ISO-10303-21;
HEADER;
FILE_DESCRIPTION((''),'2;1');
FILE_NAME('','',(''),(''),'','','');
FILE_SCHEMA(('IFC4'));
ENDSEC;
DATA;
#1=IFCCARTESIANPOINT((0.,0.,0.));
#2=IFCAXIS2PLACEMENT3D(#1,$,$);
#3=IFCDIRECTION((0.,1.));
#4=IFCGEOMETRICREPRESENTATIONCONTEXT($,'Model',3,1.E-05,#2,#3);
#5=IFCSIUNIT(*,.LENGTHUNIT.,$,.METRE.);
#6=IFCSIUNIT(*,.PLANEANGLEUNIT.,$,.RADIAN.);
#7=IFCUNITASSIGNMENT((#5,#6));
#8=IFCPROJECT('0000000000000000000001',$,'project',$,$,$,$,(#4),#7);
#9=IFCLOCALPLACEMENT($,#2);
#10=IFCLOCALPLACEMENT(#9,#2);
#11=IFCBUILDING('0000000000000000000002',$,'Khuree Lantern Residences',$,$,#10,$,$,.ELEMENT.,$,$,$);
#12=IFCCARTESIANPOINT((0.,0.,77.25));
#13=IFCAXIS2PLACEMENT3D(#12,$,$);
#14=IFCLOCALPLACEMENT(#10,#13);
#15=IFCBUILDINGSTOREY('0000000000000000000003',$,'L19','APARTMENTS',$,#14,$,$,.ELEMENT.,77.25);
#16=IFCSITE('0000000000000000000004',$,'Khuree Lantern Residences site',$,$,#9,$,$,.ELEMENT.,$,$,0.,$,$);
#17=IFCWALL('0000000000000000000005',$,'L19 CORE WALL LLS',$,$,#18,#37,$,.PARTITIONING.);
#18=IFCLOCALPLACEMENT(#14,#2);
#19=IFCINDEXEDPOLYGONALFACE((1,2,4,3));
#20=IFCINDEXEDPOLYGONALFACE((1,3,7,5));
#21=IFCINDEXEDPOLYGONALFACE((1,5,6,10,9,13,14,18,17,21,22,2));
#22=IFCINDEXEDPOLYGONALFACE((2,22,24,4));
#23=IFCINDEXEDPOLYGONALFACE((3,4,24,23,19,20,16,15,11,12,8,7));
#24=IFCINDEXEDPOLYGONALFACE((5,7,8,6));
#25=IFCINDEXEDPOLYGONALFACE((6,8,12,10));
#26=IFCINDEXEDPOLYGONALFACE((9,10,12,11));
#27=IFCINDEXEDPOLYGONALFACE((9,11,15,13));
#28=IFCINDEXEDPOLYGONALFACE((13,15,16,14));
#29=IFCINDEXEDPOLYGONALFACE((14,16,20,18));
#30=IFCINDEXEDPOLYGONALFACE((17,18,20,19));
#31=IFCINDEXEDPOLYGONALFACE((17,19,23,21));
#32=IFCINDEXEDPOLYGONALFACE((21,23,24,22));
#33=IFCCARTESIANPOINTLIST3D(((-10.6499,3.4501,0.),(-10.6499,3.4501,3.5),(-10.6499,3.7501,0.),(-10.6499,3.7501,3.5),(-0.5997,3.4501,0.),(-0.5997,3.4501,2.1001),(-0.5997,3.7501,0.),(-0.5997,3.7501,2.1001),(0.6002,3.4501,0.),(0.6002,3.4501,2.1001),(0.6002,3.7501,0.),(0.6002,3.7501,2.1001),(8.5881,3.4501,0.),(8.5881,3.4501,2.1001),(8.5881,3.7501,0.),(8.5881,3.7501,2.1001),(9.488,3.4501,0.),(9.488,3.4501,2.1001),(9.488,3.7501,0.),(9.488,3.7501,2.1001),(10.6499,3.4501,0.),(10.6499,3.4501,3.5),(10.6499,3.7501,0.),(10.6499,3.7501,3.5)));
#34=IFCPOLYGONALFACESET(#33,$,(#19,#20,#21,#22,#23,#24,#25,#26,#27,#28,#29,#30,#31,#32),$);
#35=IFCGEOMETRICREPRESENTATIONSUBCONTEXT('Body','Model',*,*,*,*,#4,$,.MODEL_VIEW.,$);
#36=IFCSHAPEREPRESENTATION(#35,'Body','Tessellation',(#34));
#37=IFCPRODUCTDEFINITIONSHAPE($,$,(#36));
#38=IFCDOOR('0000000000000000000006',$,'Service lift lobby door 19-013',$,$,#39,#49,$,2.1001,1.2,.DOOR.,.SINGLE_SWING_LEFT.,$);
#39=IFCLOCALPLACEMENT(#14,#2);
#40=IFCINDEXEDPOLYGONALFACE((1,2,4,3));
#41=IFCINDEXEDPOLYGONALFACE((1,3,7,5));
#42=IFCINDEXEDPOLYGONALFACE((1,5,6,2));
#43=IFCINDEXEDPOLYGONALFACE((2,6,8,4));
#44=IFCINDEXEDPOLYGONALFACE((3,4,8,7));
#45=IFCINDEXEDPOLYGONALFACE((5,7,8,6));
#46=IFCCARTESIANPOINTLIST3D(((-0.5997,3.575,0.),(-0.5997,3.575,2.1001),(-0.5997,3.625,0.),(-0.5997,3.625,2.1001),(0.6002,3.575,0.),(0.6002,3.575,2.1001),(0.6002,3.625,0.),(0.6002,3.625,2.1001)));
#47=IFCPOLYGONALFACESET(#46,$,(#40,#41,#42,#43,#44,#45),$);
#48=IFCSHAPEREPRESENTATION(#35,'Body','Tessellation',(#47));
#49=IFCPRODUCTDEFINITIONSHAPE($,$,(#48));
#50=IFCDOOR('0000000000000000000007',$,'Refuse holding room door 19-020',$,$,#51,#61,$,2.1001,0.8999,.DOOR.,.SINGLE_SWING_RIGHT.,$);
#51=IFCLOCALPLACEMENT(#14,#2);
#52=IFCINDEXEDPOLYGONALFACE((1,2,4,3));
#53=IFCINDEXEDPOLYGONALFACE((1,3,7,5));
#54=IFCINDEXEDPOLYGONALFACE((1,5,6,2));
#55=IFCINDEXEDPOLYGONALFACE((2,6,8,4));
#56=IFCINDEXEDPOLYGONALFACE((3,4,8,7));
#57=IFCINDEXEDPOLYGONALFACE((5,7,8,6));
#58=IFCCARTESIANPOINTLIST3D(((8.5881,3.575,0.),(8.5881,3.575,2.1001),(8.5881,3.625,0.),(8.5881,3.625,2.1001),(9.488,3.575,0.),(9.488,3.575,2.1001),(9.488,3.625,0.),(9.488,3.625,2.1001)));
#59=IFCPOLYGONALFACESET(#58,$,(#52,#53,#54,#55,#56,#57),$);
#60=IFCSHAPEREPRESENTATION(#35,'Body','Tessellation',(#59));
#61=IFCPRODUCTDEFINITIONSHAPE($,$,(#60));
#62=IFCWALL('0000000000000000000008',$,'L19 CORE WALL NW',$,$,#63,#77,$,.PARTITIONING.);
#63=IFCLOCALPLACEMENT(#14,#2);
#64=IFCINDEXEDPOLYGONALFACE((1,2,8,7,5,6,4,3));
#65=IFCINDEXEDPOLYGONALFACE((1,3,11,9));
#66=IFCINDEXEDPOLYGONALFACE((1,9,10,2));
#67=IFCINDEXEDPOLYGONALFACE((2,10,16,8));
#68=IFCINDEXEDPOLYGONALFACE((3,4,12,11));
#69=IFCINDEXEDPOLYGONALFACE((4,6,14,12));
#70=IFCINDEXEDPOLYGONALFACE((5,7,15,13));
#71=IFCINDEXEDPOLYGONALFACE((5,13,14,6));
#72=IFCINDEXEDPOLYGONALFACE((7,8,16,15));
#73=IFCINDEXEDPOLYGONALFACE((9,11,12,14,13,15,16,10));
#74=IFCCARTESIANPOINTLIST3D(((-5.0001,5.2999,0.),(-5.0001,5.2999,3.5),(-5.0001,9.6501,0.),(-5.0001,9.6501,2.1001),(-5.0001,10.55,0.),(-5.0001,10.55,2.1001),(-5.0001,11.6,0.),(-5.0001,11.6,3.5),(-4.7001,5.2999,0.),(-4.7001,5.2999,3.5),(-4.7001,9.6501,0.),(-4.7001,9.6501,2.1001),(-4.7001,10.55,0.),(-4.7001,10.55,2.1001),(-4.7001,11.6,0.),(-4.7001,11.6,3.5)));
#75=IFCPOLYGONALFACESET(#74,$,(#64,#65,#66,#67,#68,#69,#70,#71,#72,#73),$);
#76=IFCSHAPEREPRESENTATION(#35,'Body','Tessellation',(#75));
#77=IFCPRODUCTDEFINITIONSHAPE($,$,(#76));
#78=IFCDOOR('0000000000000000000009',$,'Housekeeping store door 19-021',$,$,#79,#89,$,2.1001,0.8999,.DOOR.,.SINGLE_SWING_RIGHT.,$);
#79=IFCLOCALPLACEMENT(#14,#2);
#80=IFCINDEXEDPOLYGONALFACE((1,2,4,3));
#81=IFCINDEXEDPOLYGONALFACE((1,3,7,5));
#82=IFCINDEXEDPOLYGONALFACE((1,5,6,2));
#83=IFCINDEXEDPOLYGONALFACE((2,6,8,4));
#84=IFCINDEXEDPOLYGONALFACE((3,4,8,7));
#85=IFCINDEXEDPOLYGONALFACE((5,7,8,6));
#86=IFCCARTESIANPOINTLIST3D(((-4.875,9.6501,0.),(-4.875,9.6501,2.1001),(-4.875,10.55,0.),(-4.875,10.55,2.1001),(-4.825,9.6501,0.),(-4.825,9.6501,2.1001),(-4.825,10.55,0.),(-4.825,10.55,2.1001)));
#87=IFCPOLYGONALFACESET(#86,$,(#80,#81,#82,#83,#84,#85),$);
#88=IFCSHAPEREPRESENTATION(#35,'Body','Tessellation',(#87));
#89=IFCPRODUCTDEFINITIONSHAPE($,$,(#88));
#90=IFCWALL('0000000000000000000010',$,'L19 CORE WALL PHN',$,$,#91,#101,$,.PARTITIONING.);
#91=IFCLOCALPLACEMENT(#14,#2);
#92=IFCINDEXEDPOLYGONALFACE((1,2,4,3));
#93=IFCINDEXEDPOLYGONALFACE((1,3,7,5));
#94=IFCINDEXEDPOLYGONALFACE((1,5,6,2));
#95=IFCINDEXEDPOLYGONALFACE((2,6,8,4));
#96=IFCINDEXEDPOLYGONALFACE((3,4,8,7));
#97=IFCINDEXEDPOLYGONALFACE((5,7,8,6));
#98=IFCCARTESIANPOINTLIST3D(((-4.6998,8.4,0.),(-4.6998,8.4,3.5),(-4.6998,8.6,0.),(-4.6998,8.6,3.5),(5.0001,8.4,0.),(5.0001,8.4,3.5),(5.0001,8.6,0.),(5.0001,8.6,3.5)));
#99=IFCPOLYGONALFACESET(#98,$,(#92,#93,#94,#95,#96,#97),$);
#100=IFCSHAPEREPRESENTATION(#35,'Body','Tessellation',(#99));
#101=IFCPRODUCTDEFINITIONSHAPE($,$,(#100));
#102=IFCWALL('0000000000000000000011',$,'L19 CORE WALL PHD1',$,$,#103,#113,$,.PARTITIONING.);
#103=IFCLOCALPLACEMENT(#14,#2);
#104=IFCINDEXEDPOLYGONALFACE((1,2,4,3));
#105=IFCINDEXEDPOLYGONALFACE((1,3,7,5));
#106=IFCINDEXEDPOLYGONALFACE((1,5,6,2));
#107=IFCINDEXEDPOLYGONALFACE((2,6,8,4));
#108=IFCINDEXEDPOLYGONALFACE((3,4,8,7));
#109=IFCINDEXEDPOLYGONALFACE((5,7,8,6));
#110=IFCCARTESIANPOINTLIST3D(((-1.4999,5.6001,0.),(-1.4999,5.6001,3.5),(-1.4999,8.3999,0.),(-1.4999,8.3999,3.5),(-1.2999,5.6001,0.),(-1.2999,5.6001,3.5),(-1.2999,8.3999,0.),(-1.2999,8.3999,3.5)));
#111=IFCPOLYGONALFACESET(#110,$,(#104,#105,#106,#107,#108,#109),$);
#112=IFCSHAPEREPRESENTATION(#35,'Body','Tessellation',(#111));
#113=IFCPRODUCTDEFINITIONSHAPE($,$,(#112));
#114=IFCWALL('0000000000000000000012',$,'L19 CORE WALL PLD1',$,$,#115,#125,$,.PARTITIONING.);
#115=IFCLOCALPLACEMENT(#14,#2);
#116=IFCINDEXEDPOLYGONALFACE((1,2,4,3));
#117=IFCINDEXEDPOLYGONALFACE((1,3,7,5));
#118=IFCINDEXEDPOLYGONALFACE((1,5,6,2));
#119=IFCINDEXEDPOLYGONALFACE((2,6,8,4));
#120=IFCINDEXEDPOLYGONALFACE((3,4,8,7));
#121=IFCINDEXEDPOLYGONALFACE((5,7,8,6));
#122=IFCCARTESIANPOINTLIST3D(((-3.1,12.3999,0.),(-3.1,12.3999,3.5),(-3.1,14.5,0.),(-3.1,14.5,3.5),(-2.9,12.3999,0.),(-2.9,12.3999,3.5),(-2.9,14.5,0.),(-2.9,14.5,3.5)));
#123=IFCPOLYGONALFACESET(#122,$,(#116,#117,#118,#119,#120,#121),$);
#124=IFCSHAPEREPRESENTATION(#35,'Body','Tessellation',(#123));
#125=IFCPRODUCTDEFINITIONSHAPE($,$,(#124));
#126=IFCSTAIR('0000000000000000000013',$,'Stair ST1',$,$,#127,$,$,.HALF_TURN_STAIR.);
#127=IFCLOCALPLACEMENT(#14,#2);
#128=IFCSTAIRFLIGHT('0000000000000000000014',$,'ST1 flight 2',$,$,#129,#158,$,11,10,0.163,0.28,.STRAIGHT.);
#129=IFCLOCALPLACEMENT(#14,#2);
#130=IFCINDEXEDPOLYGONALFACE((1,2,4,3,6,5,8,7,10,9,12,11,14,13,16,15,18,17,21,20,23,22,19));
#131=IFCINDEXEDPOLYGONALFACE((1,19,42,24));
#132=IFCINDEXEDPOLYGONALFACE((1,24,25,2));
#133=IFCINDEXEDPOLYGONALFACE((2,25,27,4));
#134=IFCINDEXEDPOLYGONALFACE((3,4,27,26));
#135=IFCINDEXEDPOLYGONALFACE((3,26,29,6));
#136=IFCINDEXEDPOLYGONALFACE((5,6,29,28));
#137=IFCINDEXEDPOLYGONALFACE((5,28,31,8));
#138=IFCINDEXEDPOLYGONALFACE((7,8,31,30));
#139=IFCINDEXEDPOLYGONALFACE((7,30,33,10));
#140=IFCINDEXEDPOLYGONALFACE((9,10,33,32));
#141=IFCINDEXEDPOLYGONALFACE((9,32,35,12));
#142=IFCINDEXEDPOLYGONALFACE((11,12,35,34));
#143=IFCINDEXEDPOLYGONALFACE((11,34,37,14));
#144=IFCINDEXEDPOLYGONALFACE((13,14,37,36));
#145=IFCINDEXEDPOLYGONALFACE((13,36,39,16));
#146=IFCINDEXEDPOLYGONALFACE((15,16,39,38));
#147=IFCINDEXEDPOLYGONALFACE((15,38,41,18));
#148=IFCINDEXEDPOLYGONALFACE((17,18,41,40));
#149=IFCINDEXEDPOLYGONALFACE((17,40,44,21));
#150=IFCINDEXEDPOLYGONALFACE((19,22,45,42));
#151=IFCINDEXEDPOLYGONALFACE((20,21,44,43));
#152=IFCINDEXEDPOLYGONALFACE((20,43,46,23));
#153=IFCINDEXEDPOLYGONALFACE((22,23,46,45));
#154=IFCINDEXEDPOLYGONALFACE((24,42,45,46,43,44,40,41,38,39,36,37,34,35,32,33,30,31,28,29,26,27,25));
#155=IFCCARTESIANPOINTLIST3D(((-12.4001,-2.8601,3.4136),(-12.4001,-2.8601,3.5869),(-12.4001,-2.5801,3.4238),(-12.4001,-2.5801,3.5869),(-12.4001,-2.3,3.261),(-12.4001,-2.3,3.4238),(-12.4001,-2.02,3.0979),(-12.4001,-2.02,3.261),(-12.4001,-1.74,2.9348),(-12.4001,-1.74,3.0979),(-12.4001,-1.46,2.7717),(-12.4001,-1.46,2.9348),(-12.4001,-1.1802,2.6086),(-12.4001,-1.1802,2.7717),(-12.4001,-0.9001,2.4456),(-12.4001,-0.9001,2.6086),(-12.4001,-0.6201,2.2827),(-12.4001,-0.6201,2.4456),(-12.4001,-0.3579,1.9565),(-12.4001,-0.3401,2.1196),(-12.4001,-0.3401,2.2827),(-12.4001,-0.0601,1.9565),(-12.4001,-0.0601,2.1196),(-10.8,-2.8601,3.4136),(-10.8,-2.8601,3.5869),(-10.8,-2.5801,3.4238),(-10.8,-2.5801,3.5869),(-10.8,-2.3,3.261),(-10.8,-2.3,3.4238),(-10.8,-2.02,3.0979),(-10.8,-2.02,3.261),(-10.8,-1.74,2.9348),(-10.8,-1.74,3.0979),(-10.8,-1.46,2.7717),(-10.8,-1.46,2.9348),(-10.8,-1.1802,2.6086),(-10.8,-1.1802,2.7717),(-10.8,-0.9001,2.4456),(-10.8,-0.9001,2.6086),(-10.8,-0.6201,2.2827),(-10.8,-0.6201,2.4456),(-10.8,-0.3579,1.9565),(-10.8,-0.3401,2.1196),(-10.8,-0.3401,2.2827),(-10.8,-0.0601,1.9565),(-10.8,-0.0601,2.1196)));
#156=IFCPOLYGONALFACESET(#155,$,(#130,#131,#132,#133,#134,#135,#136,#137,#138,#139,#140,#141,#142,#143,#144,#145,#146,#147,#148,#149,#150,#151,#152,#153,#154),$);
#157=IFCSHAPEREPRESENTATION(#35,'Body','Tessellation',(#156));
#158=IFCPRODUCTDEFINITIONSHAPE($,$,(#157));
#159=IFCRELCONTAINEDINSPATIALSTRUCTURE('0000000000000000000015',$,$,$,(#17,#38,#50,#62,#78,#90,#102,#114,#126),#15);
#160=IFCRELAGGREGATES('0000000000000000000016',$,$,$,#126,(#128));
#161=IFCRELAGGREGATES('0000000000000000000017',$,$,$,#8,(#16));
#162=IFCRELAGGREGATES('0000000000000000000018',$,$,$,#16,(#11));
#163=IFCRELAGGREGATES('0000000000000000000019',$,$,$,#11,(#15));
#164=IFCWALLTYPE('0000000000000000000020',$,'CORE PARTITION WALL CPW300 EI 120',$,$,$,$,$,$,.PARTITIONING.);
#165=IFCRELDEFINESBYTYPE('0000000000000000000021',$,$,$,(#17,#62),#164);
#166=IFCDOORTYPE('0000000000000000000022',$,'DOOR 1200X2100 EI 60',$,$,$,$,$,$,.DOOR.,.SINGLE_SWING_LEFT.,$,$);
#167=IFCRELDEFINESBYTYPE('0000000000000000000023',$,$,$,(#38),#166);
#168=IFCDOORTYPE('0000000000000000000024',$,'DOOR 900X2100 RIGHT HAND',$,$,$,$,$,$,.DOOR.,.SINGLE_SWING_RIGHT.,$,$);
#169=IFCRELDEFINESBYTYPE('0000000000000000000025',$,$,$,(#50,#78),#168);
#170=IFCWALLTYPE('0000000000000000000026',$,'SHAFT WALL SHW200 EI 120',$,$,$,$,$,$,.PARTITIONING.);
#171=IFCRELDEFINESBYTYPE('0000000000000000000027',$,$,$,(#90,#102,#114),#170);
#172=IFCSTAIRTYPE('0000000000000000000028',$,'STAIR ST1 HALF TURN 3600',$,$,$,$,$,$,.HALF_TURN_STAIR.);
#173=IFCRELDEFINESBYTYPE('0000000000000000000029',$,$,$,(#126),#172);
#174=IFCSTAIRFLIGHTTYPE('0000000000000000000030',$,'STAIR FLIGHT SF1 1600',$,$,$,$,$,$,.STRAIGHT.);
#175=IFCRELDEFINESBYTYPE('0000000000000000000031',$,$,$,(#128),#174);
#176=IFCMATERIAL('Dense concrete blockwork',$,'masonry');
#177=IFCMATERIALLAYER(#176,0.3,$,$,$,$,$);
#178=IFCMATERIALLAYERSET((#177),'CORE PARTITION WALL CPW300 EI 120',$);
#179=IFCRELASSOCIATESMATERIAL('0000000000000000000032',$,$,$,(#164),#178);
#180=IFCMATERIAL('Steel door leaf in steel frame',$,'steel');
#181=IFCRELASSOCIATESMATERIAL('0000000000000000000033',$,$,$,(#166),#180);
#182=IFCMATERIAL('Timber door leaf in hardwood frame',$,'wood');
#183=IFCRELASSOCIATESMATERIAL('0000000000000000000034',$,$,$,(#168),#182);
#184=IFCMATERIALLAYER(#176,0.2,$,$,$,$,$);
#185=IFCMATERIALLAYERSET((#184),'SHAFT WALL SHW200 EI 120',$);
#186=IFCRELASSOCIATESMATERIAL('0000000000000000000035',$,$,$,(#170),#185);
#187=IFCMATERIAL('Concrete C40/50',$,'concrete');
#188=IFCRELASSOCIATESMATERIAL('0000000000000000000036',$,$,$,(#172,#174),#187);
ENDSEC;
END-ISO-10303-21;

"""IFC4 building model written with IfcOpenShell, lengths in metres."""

from ifc_helpers import new_model, si_unit, direction, frame, frame_2d, origin, place, context, subcontext, project, spatial, polyline, rectangle, outline, extrude, material, layer, layer_set, type_object, element, fill, aggregate, save


model = new_model("IFC4")

# Units and contexts
model_context = context("Model", 3, precision=1e-05, world=origin(), true_north=direction((0.0, 1.0)))
body_context = subcontext(model_context, "Body", "Model", "MODEL_VIEW")
ifc_project = project(units=[si_unit("LENGTHUNIT", "METRE"), si_unit("PLANEANGLEUNIT", "RADIAN")], contexts=[model_context])

# Site, building, storey
site_placement = place(None, origin())
site = spatial("IfcSite", under=ifc_project, at=site_placement, Name="Khuree Lantern Residences site", CompositionType="ELEMENT", RefElevation=0.0)
building_placement = place(site_placement, origin())
building = spatial("IfcBuilding", under=site, at=building_placement, Name="Khuree Lantern Residences", CompositionType="ELEMENT")
storey_placement = place(building_placement, frame((0.0, 0.0, 77.25)))
storey = spatial("IfcBuildingStorey", under=building, at=storey_placement, Name="L19", Description="APARTMENTS", CompositionType="ELEMENT", Elevation=77.25)

# Shared definitions
ifc_material_1 = material(Name="Dense concrete blockwork", Category="masonry")
ifc_layer_1 = layer(ifc_material_1, 0.3)
ifc_layer_set_1 = layer_set([ifc_layer_1], Name="CORE PARTITION WALL CPW300 EI 120")
wall_type_1 = type_object("IfcWallType", Name="CORE PARTITION WALL CPW300 EI 120", PredefinedType="PARTITIONING", material=ifc_layer_set_1)

# Wall, openings, doors
wall_1_placement = place(storey_placement, frame((-10.6499, 3.6001, 0.0), z_axis=(0.0, 0.0, 1.0), x_axis=(1.0, 0.0, 0.0)))
wall_1 = element("IfcWall", 1, at=wall_1_placement, inside=storey, type_object=wall_type_1, Name="L19 CORE WALL LLS", PredefinedType="PARTITIONING", context=body_context, shape_type="SweptSolid", body=[
    extrude(rectangle(XDim=21.2998, YDim=0.3, at=frame_2d((10.6499, 0.0))), origin(), (0.0, 0.0, 1.0), 3.5),
])
opening_1_placement = place(wall_1_placement, frame((10.05, 0.0, 0.0)))
opening_1 = element("IfcOpeningElement", 2, at=opening_1_placement, cuts=wall_1, PredefinedType="OPENING", context=body_context, shape_type="SweptSolid", body=[
    extrude(rectangle(XDim=1.2, YDim=2.1001, at=frame_2d((0.6001, 1.05))), frame((0.0, 0.1602, 0.0), z_axis=(0.0, -1.0, 0.0), x_axis=(1.0, 0.0, 0.0)), (0.0, 0.0, 1.0), 0.3201),
])
opening_2_placement = place(wall_1_placement, frame((19.238, 0.0, 0.0)))
opening_2 = element("IfcOpeningElement", 3, at=opening_2_placement, cuts=wall_1, PredefinedType="OPENING", context=body_context, shape_type="SweptSolid", body=[
    extrude(rectangle(XDim=0.8999, YDim=2.1001, at=frame_2d((0.45, 1.05))), frame((0.0, 0.1602, 0.0), z_axis=(0.0, -1.0, 0.0), x_axis=(1.0, 0.0, 0.0)), (0.0, 0.0, 1.0), 0.3201),
])
ifc_material_2 = material(Name="Steel door leaf in steel frame", Category="steel")
door_type_1 = type_object("IfcDoorType", Name="DOOR 1200X2100 EI 60", OperationType="SINGLE_SWING_LEFT", PredefinedType="DOOR", material=ifc_material_2)
door_1_placement = place(opening_1_placement, origin())
door_1 = element("IfcDoor", 4, at=door_1_placement, inside=storey, type_object=door_type_1, Name="Service lift lobby door 19-013", OperationType="SINGLE_SWING_LEFT", OverallHeight=2.1001, OverallWidth=1.2, PredefinedType="DOOR", context=body_context, shape_type="SweptSolid", body=[
    extrude(rectangle(XDim=1.2, YDim=2.1001, at=frame_2d((0.6001, 1.05))), frame((0.0, 0.0249, 0.0), z_axis=(0.0, -1.0, 0.0), x_axis=(1.0, 0.0, 0.0)), (0.0, 0.0, 1.0), 0.05),
])
fill(opening_1, door_1)
ifc_material_3 = material(Name="Timber door leaf in hardwood frame", Category="wood")
door_type_2 = type_object("IfcDoorType", Name="DOOR 900X2100 RIGHT HAND", OperationType="SINGLE_SWING_RIGHT", PredefinedType="DOOR", material=ifc_material_3)
door_2_placement = place(opening_2_placement, origin())
door_2 = element("IfcDoor", 5, at=door_2_placement, inside=storey, type_object=door_type_2, Name="Refuse holding room door 19-020", OperationType="SINGLE_SWING_RIGHT", OverallHeight=2.1001, OverallWidth=0.8999, PredefinedType="DOOR", context=body_context, shape_type="SweptSolid", body=[
    extrude(rectangle(XDim=0.8999, YDim=2.1001, at=frame_2d((0.45, 1.05))), frame((0.0, 0.0249, 0.0), z_axis=(0.0, -1.0, 0.0), x_axis=(1.0, 0.0, 0.0)), (0.0, 0.0, 1.0), 0.05),
])
fill(opening_2, door_2)

# Wall, opening, door
wall_2_placement = place(storey_placement, frame((-4.8501, 5.3, 0.0), z_axis=(0.0, 0.0, 1.0), x_axis=(0.0, 1.0, 0.0)))
wall_2 = element("IfcWall", 6, at=wall_2_placement, inside=storey, type_object=wall_type_1, Name="L19 CORE WALL NW", PredefinedType="PARTITIONING", context=body_context, shape_type="SweptSolid", body=[
    extrude(rectangle(XDim=6.3, YDim=0.3, at=frame_2d((3.1499, 0.0))), origin(), (0.0, 0.0, 1.0), 3.5),
])
opening_3_placement = place(wall_2_placement, frame((4.3501, 0.0, 0.0)))
opening_3 = element("IfcOpeningElement", 7, at=opening_3_placement, cuts=wall_2, PredefinedType="OPENING", context=body_context, shape_type="SweptSolid", body=[
    extrude(rectangle(XDim=0.8999, YDim=2.1001, at=frame_2d((0.45, 1.05))), frame((0.0, 0.1602, 0.0), z_axis=(0.0, -1.0, 0.0), x_axis=(1.0, 0.0, 0.0)), (0.0, 0.0, 1.0), 0.3201),
])
door_3_placement = place(opening_3_placement, origin())
door_3 = element("IfcDoor", 8, at=door_3_placement, inside=storey, type_object=door_type_2, Name="Housekeeping store door 19-021", OperationType="SINGLE_SWING_RIGHT", OverallHeight=2.1001, OverallWidth=0.8999, PredefinedType="DOOR", context=body_context, shape_type="SweptSolid", body=[
    extrude(rectangle(XDim=0.8999, YDim=2.1001, at=frame_2d((0.45, 1.05))), frame((0.0, 0.0249, 0.0), z_axis=(0.0, -1.0, 0.0), x_axis=(1.0, 0.0, 0.0)), (0.0, 0.0, 1.0), 0.05),
])
fill(opening_3, door_3)

# Walls
ifc_layer_2 = layer(ifc_material_1, 0.2)
ifc_layer_set_2 = layer_set([ifc_layer_2], Name="SHAFT WALL SHW200 EI 120")
wall_type_2 = type_object("IfcWallType", Name="SHAFT WALL SHW200 EI 120", PredefinedType="PARTITIONING", material=ifc_layer_set_2)
wall_3_placement = place(storey_placement, frame((-4.7, 8.5, 0.0), z_axis=(0.0, 0.0, 1.0), x_axis=(1.0, 0.0, 0.0)))
element("IfcWall", 9, at=wall_3_placement, inside=storey, type_object=wall_type_2, Name="L19 CORE WALL PHN", PredefinedType="PARTITIONING", context=body_context, shape_type="SweptSolid", body=[
    extrude(rectangle(XDim=9.7, YDim=0.2, at=frame_2d((4.8501, 0.0))), origin(), (0.0, 0.0, 1.0), 3.5),
])
wall_4_placement = place(storey_placement, frame((-1.3999, 5.6001, 0.0), z_axis=(0.0, 0.0, 1.0), x_axis=(0.0, 1.0, 0.0)))
element("IfcWall", 10, at=wall_4_placement, inside=storey, type_object=wall_type_2, Name="L19 CORE WALL PHD1", PredefinedType="PARTITIONING", context=body_context, shape_type="SweptSolid", body=[
    extrude(rectangle(XDim=2.7998, YDim=0.2, at=frame_2d((1.3999, 0.0))), origin(), (0.0, 0.0, 1.0), 3.5),
])
wall_5_placement = place(storey_placement, frame((-3.0, 12.3999, 0.0), z_axis=(0.0, 0.0, 1.0), x_axis=(0.0, 1.0, 0.0)))
element("IfcWall", 11, at=wall_5_placement, inside=storey, type_object=wall_type_2, Name="L19 CORE WALL PLD1", PredefinedType="PARTITIONING", context=body_context, shape_type="SweptSolid", body=[
    extrude(rectangle(XDim=2.1001, YDim=0.2, at=frame_2d((1.05, 0.0))), origin(), (0.0, 0.0, 1.0), 3.5),
])

# Stair, stair flight
ifc_material_4 = material(Name="Concrete C40/50", Category="concrete")
stair_type = type_object("IfcStairType", Name="STAIR ST1 HALF TURN 3600", PredefinedType="HALF_TURN_STAIR", material=ifc_material_4)
stair_placement = place(storey_placement, origin())
stair = element("IfcStair", 12, at=stair_placement, inside=storey, type_object=stair_type, Name="Stair ST1", PredefinedType="HALF_TURN_STAIR")
stair_flight_type = type_object("IfcStairFlightType", Name="STAIR FLIGHT SF1 1600", PredefinedType="STRAIGHT", material=ifc_material_4)
stair_flight_placement = place(storey_placement, frame((-11.6001, -0.0601, 1.9565), z_axis=(0.0, 0.0, 1.0), x_axis=(0.0, -1.0, 0.0)))
stair_flight = element("IfcStairFlight", 13, at=stair_flight_placement, type_object=stair_flight_type, Name="ST1 flight 2", NumberOfRisers=11, NumberOfTreads=10, PredefinedType="STRAIGHT", RiserHeight=0.163, TreadLength=0.28, context=body_context, shape_type="SweptSolid", body=[
    extrude(outline(polyline([(0.0, 0.0), (0.0, 0.1631), (0.28, 0.1631), (0.28, 0.3262), (0.5601, 0.3262), (0.5601, 0.489), (0.8401, 0.489), (0.8401, 0.6521), (1.1201, 0.6521), (1.1201, 0.8152), (1.3999, 0.8152), (1.3999, 0.9783), (1.6799, 0.9783), (1.6799, 1.1414), (1.96, 1.1414), (1.96, 1.3044), (2.24, 1.3044), (2.24, 1.4673), (2.52, 1.4673), (2.52, 1.6304), (2.8, 1.6304), (2.8, 1.7935), (2.8, 1.457), (0.2979, 0.0), (0.0, 0.0)])), frame((0.0, 0.8, 0.0), z_axis=(0.0, -1.0, 0.0), x_axis=(1.0, 0.0, 0.0)), (0.0, 0.0, 1.0), 1.6001),
])
aggregate(stair, [stair_flight])

save(model, "model.ifc")
